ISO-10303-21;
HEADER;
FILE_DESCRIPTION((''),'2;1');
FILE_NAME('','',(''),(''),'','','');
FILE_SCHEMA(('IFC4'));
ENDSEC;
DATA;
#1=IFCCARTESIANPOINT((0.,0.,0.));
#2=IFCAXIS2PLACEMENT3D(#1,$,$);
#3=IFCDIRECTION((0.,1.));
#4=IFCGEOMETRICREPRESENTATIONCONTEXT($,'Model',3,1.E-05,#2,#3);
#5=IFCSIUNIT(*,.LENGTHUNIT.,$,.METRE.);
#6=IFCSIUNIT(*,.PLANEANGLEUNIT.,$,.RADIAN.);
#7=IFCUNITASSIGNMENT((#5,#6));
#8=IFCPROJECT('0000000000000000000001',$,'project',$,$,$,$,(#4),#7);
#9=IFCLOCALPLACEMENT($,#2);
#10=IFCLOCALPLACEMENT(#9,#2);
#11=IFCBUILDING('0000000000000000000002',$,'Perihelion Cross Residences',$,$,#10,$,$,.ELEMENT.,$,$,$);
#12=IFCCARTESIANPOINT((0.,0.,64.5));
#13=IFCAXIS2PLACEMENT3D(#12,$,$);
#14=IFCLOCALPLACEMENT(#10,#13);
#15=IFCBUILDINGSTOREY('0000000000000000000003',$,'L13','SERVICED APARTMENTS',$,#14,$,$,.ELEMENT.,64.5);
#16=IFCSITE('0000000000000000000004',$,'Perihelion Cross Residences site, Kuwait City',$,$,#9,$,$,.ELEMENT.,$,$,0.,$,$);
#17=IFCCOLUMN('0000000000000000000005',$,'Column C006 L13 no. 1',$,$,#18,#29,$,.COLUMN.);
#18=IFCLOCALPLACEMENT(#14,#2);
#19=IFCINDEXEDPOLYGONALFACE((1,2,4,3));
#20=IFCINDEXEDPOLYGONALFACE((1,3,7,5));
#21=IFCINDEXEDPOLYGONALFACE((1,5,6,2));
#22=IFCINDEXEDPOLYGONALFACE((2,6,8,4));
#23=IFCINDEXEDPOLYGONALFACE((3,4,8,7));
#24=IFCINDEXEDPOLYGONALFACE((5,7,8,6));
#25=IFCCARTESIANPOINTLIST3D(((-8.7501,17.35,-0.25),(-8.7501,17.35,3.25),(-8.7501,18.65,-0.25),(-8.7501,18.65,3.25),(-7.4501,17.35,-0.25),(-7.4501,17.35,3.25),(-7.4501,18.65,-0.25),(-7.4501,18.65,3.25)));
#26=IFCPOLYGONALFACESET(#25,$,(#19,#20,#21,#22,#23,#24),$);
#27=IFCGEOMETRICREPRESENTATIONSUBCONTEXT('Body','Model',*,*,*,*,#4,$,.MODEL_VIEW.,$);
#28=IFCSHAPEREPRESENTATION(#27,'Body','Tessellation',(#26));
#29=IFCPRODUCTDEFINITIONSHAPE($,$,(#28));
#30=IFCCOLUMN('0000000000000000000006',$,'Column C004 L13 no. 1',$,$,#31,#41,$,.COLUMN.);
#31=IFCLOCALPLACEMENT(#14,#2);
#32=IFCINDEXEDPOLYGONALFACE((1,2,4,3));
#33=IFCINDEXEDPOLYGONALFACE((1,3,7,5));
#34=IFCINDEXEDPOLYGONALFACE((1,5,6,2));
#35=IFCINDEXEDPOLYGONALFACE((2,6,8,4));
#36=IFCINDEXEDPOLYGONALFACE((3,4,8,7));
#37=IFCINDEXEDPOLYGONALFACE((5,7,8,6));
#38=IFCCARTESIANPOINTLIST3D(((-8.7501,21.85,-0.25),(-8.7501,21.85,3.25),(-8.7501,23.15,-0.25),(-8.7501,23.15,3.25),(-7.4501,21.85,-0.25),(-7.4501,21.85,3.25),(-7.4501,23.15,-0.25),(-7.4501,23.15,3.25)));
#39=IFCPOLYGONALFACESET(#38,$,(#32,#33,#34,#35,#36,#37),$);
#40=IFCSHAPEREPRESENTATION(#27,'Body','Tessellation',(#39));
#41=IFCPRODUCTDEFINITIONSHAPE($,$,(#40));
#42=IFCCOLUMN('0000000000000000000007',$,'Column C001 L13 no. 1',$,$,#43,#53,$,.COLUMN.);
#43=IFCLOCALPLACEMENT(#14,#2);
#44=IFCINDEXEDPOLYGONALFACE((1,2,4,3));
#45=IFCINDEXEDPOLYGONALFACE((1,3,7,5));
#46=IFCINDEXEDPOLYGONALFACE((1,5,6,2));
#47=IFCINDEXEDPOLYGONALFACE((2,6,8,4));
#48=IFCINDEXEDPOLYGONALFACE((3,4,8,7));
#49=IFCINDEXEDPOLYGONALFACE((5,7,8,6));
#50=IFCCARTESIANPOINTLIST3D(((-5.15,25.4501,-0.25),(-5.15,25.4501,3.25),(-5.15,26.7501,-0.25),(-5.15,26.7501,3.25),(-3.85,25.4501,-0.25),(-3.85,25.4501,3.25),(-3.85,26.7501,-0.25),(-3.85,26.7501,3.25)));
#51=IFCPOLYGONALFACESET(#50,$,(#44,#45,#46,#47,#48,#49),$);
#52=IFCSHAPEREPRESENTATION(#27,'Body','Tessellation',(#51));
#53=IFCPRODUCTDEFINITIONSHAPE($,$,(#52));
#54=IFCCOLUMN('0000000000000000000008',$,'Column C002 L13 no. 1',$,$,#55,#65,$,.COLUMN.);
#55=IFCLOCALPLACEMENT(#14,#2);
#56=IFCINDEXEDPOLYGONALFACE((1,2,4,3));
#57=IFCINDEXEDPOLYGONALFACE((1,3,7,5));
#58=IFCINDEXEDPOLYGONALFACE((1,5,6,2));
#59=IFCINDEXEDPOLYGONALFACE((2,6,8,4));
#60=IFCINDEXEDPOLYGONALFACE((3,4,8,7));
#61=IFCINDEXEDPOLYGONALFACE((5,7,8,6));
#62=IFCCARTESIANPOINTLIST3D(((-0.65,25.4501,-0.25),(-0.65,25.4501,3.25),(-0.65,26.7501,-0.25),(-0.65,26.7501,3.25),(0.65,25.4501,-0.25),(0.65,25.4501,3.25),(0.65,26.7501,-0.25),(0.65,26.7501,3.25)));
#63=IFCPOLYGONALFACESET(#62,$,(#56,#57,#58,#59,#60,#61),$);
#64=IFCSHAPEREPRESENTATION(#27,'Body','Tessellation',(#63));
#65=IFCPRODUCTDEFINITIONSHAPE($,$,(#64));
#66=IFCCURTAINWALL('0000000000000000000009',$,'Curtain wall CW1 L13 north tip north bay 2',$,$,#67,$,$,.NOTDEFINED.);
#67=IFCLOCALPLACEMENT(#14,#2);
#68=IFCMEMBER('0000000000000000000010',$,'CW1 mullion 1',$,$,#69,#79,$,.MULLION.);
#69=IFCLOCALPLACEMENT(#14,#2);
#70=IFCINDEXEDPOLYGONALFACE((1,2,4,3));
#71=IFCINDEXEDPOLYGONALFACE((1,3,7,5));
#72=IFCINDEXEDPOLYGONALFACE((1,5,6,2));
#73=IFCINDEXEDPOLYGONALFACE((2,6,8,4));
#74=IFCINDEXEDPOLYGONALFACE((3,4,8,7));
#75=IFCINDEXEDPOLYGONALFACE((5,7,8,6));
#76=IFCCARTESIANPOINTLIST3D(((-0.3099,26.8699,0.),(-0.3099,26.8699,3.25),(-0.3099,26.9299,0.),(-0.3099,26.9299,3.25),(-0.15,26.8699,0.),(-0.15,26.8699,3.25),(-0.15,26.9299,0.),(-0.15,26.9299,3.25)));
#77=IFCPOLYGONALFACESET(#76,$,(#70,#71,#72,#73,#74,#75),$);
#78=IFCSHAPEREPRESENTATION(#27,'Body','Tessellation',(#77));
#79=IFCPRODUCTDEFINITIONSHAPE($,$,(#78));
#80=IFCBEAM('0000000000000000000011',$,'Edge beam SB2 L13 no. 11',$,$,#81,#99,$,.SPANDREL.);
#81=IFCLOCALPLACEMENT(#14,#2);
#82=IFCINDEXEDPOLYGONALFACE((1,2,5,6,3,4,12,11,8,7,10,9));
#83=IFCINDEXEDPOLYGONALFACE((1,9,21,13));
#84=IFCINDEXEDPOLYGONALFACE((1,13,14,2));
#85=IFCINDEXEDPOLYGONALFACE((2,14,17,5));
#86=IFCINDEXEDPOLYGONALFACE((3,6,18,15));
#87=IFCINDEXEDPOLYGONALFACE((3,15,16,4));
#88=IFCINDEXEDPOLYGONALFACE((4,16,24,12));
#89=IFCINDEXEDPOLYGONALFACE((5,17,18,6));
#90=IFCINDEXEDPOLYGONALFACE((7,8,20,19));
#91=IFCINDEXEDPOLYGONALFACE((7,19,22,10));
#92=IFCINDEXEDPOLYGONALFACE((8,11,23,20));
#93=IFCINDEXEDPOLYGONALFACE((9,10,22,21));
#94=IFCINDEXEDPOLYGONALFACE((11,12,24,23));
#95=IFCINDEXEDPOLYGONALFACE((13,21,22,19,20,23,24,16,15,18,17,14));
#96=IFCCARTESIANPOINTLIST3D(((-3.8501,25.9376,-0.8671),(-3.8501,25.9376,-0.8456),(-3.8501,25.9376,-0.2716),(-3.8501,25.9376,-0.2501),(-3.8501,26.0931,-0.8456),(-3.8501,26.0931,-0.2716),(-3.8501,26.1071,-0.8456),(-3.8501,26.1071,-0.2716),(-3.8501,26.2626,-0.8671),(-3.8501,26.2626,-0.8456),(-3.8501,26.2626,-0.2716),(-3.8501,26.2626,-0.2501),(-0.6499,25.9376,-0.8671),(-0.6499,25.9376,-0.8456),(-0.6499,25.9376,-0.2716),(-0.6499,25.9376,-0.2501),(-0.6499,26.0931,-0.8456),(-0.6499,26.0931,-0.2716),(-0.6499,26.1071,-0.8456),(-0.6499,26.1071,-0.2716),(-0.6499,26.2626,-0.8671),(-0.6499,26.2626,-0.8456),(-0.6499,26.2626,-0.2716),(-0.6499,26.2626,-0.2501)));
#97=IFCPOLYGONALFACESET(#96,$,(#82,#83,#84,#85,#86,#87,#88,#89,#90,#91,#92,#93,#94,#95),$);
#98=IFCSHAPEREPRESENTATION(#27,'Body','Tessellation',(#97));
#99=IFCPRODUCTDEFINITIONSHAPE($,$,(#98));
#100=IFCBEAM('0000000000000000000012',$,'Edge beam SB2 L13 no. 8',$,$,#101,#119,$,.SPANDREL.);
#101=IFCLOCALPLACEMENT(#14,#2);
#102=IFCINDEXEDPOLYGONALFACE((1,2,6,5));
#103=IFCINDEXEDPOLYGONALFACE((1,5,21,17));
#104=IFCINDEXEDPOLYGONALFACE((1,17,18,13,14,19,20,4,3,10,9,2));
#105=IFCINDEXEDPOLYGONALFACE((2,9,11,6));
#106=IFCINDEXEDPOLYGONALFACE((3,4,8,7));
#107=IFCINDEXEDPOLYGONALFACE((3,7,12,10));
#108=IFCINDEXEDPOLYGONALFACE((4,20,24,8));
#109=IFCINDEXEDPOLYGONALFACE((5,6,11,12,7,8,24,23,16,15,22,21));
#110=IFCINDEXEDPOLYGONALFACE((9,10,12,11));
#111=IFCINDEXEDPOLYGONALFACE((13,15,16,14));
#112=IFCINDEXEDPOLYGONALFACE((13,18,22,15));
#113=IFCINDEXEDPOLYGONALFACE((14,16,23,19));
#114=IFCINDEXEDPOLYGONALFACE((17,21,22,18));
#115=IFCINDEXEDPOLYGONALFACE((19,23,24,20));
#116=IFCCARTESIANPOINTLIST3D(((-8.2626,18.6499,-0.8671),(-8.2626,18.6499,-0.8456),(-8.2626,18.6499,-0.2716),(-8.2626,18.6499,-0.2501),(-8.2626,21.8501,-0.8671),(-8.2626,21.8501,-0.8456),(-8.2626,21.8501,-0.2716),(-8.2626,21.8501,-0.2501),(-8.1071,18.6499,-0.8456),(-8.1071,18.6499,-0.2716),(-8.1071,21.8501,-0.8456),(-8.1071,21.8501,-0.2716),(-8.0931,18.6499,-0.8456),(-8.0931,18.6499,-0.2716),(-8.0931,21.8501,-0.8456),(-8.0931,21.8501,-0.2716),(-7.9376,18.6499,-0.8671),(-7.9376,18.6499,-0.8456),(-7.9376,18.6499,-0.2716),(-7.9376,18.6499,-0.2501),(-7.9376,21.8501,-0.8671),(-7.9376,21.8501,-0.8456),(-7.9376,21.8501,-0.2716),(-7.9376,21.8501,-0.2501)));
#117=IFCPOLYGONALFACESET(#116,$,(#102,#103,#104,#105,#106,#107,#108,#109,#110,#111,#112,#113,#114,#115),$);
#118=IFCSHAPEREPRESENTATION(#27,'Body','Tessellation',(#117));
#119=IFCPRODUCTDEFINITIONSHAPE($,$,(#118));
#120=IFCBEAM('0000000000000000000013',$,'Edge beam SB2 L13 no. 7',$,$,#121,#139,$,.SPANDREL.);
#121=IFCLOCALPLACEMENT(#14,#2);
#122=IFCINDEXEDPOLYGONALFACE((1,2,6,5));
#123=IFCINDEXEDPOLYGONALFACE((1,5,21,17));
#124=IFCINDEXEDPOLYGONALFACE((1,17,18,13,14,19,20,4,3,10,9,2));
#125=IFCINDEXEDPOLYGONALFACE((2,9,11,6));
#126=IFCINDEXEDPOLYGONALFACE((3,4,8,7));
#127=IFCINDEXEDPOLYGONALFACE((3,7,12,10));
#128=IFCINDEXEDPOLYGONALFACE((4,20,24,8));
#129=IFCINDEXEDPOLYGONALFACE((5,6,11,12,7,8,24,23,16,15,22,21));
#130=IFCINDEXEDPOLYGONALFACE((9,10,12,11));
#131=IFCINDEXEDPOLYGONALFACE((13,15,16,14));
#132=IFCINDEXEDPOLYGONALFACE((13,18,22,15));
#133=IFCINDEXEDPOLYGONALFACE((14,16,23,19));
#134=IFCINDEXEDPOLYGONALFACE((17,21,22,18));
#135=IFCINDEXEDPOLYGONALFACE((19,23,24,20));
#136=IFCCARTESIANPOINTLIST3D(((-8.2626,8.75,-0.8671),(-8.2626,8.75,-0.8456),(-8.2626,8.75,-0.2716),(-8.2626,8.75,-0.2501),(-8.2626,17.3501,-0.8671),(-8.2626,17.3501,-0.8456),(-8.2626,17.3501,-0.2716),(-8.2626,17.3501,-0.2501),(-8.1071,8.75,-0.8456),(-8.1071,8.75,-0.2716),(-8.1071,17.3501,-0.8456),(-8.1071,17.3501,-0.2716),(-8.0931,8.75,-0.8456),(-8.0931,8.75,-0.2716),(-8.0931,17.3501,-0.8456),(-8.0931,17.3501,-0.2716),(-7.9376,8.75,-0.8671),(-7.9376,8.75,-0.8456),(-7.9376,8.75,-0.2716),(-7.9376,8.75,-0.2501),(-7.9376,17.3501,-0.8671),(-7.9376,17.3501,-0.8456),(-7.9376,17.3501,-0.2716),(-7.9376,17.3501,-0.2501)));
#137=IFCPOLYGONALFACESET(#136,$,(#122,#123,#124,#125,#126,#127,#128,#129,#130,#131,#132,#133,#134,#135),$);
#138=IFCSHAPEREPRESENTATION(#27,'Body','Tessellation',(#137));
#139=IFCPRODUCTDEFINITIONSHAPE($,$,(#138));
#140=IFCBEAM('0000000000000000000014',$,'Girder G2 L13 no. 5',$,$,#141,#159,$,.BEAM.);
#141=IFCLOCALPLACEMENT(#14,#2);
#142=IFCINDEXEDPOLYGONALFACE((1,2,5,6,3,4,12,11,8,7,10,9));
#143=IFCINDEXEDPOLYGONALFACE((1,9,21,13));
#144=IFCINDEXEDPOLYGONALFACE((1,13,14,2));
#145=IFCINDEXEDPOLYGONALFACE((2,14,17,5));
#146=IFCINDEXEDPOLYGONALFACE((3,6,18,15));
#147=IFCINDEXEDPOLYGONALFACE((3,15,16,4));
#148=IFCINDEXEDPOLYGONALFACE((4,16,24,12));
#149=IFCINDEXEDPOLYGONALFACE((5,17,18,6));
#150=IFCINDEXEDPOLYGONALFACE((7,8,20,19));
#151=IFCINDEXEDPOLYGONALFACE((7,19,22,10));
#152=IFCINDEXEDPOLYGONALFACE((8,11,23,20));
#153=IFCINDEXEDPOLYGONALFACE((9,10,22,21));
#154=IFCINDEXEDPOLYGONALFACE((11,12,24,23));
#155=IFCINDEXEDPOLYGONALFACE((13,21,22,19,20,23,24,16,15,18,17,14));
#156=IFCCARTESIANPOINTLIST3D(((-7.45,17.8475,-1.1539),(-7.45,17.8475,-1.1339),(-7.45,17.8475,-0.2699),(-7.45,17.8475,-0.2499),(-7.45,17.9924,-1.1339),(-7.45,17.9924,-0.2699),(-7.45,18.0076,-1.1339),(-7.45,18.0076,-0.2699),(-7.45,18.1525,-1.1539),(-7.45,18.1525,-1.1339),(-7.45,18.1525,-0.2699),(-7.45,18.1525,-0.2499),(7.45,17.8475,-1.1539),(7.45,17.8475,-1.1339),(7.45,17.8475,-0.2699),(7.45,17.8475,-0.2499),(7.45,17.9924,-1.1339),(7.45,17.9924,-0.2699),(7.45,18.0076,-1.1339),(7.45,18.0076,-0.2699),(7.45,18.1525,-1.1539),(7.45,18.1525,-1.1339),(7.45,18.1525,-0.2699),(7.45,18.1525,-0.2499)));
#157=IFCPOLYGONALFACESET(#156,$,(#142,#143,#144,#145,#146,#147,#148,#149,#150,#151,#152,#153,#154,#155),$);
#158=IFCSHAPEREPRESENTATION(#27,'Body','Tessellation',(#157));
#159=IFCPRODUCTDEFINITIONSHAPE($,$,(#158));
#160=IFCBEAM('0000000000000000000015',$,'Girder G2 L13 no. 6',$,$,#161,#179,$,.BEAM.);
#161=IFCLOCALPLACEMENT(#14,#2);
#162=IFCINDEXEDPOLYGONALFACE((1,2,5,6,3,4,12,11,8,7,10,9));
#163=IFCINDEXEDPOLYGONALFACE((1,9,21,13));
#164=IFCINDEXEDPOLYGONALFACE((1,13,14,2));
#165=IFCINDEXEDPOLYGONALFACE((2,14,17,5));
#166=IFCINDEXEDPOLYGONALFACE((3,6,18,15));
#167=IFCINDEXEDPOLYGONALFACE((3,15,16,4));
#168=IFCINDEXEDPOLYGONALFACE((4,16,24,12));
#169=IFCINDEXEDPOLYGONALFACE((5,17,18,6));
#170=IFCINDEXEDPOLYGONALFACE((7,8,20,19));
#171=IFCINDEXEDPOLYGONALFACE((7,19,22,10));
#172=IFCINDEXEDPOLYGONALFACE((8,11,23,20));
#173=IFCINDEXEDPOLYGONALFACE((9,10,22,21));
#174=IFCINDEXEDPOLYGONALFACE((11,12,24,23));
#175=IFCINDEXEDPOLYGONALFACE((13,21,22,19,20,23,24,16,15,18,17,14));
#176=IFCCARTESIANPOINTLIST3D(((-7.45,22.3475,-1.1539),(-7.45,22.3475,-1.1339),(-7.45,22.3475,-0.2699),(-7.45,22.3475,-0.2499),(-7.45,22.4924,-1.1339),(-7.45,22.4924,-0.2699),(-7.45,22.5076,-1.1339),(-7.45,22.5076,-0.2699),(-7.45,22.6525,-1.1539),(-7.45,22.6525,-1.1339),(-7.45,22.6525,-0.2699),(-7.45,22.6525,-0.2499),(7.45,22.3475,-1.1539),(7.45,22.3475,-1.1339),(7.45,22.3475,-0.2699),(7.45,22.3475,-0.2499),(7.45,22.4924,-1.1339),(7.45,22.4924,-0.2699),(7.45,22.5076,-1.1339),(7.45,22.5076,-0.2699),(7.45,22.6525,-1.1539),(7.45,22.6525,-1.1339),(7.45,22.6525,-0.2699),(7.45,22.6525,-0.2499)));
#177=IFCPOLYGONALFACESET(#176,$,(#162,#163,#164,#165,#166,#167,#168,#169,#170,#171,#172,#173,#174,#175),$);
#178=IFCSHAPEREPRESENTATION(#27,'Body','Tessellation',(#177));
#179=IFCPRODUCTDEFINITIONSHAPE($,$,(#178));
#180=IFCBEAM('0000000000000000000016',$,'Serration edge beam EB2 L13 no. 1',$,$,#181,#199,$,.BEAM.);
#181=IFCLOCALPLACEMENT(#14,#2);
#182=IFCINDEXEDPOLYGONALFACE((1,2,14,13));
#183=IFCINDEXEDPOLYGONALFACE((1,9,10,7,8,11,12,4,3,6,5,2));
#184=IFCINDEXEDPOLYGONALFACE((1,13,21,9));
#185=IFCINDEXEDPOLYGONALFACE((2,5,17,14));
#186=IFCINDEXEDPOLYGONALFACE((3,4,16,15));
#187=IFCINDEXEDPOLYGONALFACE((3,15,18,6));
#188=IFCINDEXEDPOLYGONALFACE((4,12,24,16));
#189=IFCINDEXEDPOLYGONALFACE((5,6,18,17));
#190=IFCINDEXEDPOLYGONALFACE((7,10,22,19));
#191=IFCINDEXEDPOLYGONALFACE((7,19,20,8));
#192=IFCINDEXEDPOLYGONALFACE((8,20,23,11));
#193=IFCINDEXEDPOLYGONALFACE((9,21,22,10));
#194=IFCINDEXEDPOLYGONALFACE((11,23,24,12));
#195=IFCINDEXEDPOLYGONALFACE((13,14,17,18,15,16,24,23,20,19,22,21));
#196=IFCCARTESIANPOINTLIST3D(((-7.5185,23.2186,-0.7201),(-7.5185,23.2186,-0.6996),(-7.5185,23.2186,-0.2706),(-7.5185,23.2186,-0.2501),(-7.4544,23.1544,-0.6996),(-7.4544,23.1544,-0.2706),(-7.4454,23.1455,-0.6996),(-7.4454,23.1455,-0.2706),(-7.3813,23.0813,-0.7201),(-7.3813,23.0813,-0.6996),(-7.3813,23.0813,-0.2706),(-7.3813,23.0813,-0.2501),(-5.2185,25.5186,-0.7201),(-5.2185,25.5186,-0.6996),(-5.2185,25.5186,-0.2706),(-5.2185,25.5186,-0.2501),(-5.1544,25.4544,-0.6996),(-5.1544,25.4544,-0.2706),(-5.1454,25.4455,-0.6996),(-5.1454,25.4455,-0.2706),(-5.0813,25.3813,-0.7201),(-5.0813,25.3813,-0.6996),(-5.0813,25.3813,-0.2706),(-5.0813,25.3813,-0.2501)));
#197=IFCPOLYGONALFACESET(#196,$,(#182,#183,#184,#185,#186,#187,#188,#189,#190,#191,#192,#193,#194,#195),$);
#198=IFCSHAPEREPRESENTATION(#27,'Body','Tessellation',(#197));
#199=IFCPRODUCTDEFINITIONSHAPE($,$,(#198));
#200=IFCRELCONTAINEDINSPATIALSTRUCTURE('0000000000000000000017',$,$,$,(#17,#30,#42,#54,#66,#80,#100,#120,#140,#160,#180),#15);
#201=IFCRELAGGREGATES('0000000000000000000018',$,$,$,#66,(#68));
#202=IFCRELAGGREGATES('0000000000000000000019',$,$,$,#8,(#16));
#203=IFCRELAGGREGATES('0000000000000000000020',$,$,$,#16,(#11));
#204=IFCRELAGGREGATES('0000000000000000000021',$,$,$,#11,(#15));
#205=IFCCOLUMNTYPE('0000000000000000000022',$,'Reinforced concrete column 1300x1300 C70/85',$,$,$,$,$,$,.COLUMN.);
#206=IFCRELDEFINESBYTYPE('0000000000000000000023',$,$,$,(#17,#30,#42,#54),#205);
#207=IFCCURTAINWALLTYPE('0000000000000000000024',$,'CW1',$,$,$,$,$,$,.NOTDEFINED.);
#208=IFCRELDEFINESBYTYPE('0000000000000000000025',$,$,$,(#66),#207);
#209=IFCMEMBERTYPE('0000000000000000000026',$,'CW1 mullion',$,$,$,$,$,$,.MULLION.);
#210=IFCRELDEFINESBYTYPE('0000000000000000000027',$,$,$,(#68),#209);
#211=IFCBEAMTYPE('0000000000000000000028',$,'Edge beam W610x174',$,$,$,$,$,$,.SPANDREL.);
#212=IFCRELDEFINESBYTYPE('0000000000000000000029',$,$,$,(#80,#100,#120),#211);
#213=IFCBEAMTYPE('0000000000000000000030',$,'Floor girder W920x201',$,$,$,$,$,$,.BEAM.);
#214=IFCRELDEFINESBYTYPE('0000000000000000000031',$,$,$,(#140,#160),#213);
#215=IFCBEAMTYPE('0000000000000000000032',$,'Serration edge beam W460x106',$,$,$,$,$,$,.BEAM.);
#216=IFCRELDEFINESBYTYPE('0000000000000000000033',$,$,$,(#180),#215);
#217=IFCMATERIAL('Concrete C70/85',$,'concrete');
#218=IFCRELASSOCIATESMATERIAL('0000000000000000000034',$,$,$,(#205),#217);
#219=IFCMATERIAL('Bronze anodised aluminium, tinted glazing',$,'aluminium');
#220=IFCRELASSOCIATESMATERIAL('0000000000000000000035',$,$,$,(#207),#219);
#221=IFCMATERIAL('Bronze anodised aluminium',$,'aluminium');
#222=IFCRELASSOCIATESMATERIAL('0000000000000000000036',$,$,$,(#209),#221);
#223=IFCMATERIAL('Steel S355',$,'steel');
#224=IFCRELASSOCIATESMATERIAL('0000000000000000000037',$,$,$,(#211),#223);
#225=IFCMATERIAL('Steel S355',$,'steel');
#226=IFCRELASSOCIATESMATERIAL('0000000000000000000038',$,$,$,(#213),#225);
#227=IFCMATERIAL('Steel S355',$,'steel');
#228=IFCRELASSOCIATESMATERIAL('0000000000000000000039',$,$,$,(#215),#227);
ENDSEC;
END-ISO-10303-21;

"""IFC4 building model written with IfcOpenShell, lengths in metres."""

from ifc_helpers import new_model, si_unit, direction, frame, origin, origin_2d, place, context, subcontext, project, spatial, rectangle, i_section, extrude, material, material_profile, profile_set, type_object, element, aggregate, save


model = new_model("IFC4")

# Units and contexts
model_context = context("Model", 3, precision=1e-05, world=origin(), true_north=direction((0.0, 1.0)))
body_context = subcontext(model_context, "Body", "Model", "MODEL_VIEW")
ifc_project = project(units=[si_unit("LENGTHUNIT", "METRE"), si_unit("PLANEANGLEUNIT", "RADIAN")], contexts=[model_context])

# Site, building, storey
site_placement = place(None, origin())
site = spatial("IfcSite", under=ifc_project, at=site_placement, Name="Perihelion Cross Residences site, Kuwait City", CompositionType="ELEMENT", RefElevation=0.0)
building_placement = place(site_placement, origin())
building = spatial("IfcBuilding", under=site, at=building_placement, Name="Perihelion Cross Residences", CompositionType="ELEMENT")
storey_placement = place(building_placement, frame((0.0, 0.0, 64.5)))
storey = spatial("IfcBuildingStorey", under=building, at=storey_placement, Name="L13", Description="SERVICED APARTMENTS", CompositionType="ELEMENT", Elevation=64.5)

# Columns
ifc_material_1 = material(Name="Concrete C70/85", Category="concrete")
ifc_material_profile_1 = material_profile(ifc_material_1, rectangle(XDim=1.3, YDim=1.3, at=origin_2d()), Name="RC 1300x1300")
ifc_profile_set_1 = profile_set([ifc_material_profile_1], Name="Concrete C70/85")
column_type = type_object("IfcColumnType", Name="Reinforced concrete column 1300x1300 C70/85", PredefinedType="COLUMN", material=ifc_profile_set_1)
for number, where, z_axis, x_axis, name in (
    (1, (-8.1001, 18.0, -0.25), (0.0, 0.0, 1.0), (1.0, 0.0, 0.0), "Column C006 L13 no. 1"),
    (2, (-8.1001, 22.5, -0.25), (0.0, 0.0, 1.0), (1.0, 0.0, 0.0), "Column C004 L13 no. 1"),
    (3, (-4.5, 26.1001, -0.25), (0.0, 0.0, 1.0), (1.0, 0.0, 0.0), "Column C001 L13 no. 1"),
    (4, (0.0, 26.1001, -0.25), (0.0, 0.0, 1.0), (1.0, 0.0, 0.0), "Column C002 L13 no. 1"),
):
    element("IfcColumn", number, at=place(storey_placement, frame(where, z_axis=z_axis, x_axis=x_axis)), inside=storey, type_object=column_type, Name=name, PredefinedType="COLUMN", context=body_context, shape_type="SweptSolid", body=[
        extrude(rectangle(XDim=1.3, YDim=1.3, at=origin_2d()), origin(), (0.0, 0.0, 1.0), 3.5),
    ])

# Curtain wall, member
ifc_material_2 = material(Name="Bronze anodised aluminium, tinted glazing", Category="aluminium")
curtain_wall_type = type_object("IfcCurtainWallType", Name="CW1", PredefinedType="NOTDEFINED", material=ifc_material_2)
curtain_wall_placement = place(storey_placement, origin())
curtain_wall = element("IfcCurtainWall", 5, at=curtain_wall_placement, inside=storey, type_object=curtain_wall_type, Name="Curtain wall CW1 L13 north tip north bay 2", PredefinedType="NOTDEFINED")
ifc_material_3 = material(Name="Bronze anodised aluminium", Category="aluminium")
ifc_material_profile_2 = material_profile(ifc_material_3, rectangle(XDim=0.0601, YDim=0.1599, at=origin_2d()), Name="CW1 mullion")
ifc_profile_set_2 = profile_set([ifc_material_profile_2], Name="Bronze anodised aluminium")
member_type = type_object("IfcMemberType", Name="CW1 mullion", PredefinedType="MULLION", material=ifc_profile_set_2)
member_placement = place(storey_placement, frame((-0.23, 26.8999, 0.0), z_axis=(0.0, 0.0, 1.0), x_axis=(0.0, -1.0, 0.0)))
member = element("IfcMember", 6, at=member_placement, type_object=member_type, Name="CW1 mullion 1", PredefinedType="MULLION", context=body_context, shape_type="SweptSolid", body=[
    extrude(rectangle(XDim=0.0601, YDim=0.1599, at=origin_2d()), origin(), (0.0, 0.0, 1.0), 3.25),
])

# Beams
ifc_material_4 = material(Name="Steel S355", Category="steel")
ifc_material_profile_3 = material_profile(ifc_material_4, i_section(OverallWidth=0.325, OverallDepth=0.6169, WebThickness=0.0139, FlangeThickness=0.0215, at=origin_2d()), Name="W610x174")
ifc_profile_set_3 = profile_set([ifc_material_profile_3], Name="Steel S355")
beam_type_1 = type_object("IfcBeamType", Name="Edge beam W610x174", PredefinedType="SPANDREL", material=ifc_profile_set_3)
for number, where, z_axis, x_axis, name in (
    (7, (-0.6499, 26.1001, -0.5586), (-1.0, 0.0, 0.0), (0.0, -1.0, 0.0), "Edge beam SB2 L13 no. 11"),
    (8, (-8.1001, 21.8501, -0.5586), (0.0, -1.0, 0.0), (1.0, 0.0, 0.0), "Edge beam SB2 L13 no. 8"),
):
    element("IfcBeam", number, at=place(storey_placement, frame(where, z_axis=z_axis, x_axis=x_axis)), inside=storey, type_object=beam_type_1, Name=name, PredefinedType="SPANDREL", context=body_context, shape_type="SweptSolid", body=[
        extrude(i_section(OverallWidth=0.325, OverallDepth=0.6169, WebThickness=0.0139, FlangeThickness=0.0215, at=origin_2d()), origin(), (0.0, 0.0, 1.0), 3.2002),
    ])
beam_1_placement = place(storey_placement, frame((-8.1001, 17.3501, -0.5586), z_axis=(0.0, -1.0, 0.0), x_axis=(1.0, 0.0, 0.0)))
element("IfcBeam", 9, at=beam_1_placement, inside=storey, type_object=beam_type_1, Name="Edge beam SB2 L13 no. 7", PredefinedType="SPANDREL", context=body_context, shape_type="SweptSolid", body=[
    extrude(i_section(OverallWidth=0.325, OverallDepth=0.6169, WebThickness=0.0139, FlangeThickness=0.0215, at=origin_2d()), origin(), (0.0, 0.0, 1.0), 8.6001),
])
ifc_material_5 = material(Name="Steel S355", Category="steel")
ifc_material_profile_4 = material_profile(ifc_material_5, i_section(OverallWidth=0.3049, OverallDepth=0.9041, WebThickness=0.0151, FlangeThickness=0.02, at=origin_2d()), Name="W920x201")
ifc_profile_set_4 = profile_set([ifc_material_profile_4], Name="Steel S355")
beam_type_2 = type_object("IfcBeamType", Name="Floor girder W920x201", PredefinedType="BEAM", material=ifc_profile_set_4)
for number, where, z_axis, x_axis, name in (
    (10, (-7.45, 18.0, -0.7019), (1.0, 0.0, 0.0), (0.0, 1.0, 0.0), "Girder G2 L13 no. 5"),
    (11, (-7.45, 22.5, -0.7019), (1.0, 0.0, 0.0), (0.0, 1.0, 0.0), "Girder G2 L13 no. 6"),
):
    element("IfcBeam", number, at=place(storey_placement, frame(where, z_axis=z_axis, x_axis=x_axis)), inside=storey, type_object=beam_type_2, Name=name, PredefinedType="BEAM", context=body_context, shape_type="SweptSolid", body=[
        extrude(i_section(OverallWidth=0.3049, OverallDepth=0.9041, WebThickness=0.0151, FlangeThickness=0.02, at=origin_2d()), origin(), (0.0, 0.0, 1.0), 14.8999),
    ])
ifc_material_6 = material(Name="Steel S355", Category="steel")
ifc_material_profile_5 = material_profile(ifc_material_6, i_section(OverallWidth=0.1941, OverallDepth=0.47, WebThickness=0.0127, FlangeThickness=0.0205, at=origin_2d()), Name="W460x106")
ifc_profile_set_5 = profile_set([ifc_material_profile_5], Name="Steel S355")
beam_type_3 = type_object("IfcBeamType", Name="Serration edge beam W460x106", PredefinedType="BEAM", material=ifc_profile_set_5)
beam_2_placement = place(storey_placement, frame((-5.1499, 25.45, -0.4851), z_axis=(-0.707107, -0.707107, 0.0), x_axis=(0.707107, -0.707107, 0.0)))
element("IfcBeam", 12, at=beam_2_placement, inside=storey, type_object=beam_type_3, Name="Serration edge beam EB2 L13 no. 1", PredefinedType="BEAM", context=body_context, shape_type="SweptSolid", body=[
    extrude(i_section(OverallWidth=0.1941, OverallDepth=0.47, WebThickness=0.0127, FlangeThickness=0.0205, at=origin_2d()), origin(), (0.0, 0.0, 1.0), 3.2527),
])

aggregate(curtain_wall, [member])

save(model, "model.ifc")
